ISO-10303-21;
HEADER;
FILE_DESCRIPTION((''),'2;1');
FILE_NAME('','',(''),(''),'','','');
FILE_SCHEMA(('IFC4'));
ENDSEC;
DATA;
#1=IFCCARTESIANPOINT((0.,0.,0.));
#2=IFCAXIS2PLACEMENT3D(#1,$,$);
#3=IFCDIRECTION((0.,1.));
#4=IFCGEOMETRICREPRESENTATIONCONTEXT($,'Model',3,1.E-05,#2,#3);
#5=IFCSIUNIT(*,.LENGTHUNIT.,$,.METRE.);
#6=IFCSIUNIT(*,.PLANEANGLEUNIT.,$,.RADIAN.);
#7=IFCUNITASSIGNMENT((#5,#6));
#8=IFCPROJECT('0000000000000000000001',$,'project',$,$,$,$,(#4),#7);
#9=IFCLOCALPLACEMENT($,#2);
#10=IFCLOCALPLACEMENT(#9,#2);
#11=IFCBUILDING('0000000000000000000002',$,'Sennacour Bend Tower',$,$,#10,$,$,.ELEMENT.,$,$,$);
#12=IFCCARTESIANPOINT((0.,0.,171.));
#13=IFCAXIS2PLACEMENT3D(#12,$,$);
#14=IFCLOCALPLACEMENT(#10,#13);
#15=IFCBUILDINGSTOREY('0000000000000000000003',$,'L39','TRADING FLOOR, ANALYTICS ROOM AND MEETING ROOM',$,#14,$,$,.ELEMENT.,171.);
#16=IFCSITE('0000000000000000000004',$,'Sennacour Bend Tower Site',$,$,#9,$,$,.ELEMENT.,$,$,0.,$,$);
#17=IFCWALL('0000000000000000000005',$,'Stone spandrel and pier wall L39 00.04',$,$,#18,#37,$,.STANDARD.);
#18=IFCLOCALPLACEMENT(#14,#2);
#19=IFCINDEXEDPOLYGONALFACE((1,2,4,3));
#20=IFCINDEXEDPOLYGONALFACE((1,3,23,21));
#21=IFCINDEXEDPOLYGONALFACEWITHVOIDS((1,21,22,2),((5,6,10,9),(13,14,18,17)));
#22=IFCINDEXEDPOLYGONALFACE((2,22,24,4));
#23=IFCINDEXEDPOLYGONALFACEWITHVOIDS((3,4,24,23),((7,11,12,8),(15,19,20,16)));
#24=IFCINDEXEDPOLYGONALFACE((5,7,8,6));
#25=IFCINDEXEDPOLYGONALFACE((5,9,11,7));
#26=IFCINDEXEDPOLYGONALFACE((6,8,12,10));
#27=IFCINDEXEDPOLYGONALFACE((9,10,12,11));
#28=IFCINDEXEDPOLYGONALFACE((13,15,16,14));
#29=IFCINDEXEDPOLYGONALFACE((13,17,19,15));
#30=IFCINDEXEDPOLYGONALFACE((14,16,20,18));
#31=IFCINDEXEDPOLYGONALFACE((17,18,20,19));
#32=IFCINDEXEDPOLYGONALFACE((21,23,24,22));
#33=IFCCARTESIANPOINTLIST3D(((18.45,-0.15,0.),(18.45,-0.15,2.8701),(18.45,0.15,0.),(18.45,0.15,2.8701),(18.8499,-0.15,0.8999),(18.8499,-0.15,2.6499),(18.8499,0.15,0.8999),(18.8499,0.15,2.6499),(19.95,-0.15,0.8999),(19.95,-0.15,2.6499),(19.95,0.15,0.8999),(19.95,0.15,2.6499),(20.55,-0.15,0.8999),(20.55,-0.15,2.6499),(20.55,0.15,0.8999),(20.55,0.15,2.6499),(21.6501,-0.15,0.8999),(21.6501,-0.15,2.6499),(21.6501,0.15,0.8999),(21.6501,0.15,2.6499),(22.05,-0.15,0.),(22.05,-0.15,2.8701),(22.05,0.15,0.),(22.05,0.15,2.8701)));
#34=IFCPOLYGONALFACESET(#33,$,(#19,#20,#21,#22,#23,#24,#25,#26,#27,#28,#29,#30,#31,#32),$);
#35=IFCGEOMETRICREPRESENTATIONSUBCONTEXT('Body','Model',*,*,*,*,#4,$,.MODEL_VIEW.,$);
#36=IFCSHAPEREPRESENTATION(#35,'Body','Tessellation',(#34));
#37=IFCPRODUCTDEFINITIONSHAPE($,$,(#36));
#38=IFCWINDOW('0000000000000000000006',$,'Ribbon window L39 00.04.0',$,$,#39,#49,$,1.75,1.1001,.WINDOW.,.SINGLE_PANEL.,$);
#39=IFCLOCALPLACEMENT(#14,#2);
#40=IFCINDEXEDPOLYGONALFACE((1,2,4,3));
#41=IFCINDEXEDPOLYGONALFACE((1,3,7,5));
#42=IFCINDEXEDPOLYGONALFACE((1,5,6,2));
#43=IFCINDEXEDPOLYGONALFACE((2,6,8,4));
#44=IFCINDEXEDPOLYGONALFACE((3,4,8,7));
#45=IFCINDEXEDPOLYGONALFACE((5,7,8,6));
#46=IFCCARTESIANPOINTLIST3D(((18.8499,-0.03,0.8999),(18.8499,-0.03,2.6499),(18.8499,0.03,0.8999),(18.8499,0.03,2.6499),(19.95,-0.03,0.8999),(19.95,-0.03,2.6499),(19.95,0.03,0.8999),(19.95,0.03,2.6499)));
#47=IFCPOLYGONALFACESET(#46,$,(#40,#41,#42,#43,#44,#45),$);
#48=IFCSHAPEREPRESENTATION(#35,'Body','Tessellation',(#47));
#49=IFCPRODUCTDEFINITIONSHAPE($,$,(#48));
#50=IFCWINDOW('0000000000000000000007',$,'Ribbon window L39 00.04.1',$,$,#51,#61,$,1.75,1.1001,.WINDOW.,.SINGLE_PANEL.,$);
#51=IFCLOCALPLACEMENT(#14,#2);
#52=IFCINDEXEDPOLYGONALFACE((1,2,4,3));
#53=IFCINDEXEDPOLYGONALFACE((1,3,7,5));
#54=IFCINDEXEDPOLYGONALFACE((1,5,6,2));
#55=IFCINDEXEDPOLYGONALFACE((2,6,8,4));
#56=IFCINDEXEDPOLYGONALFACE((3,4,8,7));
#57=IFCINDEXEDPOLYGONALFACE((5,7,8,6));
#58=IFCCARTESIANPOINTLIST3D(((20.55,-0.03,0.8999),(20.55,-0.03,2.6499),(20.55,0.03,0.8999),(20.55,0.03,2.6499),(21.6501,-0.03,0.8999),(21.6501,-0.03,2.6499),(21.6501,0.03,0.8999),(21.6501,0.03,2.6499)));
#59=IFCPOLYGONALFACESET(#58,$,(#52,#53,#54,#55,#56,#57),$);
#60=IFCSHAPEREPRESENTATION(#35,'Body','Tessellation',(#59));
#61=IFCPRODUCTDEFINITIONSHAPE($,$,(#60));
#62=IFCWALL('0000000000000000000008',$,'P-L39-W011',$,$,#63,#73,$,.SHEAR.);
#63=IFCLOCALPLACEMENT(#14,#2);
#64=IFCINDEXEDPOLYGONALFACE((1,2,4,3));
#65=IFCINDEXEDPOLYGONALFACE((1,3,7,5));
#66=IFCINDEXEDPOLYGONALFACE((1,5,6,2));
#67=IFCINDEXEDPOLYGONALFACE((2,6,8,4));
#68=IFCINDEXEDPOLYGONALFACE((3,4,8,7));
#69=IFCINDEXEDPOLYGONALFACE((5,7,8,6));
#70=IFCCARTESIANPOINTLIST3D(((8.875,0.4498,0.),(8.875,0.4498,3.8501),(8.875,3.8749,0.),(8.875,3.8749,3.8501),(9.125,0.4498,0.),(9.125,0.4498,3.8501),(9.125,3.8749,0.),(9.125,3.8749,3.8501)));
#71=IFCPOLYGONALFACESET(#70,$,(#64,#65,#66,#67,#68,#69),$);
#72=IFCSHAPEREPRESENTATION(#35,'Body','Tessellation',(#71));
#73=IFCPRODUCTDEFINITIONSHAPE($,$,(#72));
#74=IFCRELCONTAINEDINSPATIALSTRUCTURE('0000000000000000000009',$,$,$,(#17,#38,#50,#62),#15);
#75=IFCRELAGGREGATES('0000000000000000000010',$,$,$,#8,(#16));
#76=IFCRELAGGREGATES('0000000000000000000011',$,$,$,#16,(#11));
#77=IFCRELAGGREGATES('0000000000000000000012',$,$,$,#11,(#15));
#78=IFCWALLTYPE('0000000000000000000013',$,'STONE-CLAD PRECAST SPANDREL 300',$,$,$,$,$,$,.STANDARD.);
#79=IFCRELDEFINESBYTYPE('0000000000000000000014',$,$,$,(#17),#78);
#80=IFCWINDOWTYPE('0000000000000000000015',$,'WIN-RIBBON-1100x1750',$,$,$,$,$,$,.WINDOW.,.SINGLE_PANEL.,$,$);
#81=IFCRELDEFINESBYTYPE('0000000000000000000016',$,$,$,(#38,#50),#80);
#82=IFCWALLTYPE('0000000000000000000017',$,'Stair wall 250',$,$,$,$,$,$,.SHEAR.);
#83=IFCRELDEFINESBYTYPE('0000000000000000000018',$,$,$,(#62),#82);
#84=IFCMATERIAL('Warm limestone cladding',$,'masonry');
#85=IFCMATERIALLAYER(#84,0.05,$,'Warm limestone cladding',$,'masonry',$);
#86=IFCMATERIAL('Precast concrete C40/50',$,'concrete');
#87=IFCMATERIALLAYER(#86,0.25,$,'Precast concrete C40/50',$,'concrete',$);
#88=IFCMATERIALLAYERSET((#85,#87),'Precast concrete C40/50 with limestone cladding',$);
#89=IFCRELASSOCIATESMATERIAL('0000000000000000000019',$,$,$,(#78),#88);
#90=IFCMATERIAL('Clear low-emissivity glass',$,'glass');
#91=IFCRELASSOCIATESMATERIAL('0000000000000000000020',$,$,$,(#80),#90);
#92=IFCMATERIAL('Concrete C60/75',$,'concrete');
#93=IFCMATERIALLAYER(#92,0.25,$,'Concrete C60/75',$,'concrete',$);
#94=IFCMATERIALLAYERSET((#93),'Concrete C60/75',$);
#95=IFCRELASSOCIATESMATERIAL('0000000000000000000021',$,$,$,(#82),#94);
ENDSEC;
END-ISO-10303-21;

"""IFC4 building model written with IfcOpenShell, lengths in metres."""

from ifc_helpers import new_model, si_unit, direction, frame, frame_2d, origin, place, context, subcontext, project, spatial, rectangle, extrude, material, layer, layer_set, type_object, element, fill, save


model = new_model("IFC4")

# Units and contexts
model_context = context("Model", 3, precision=1e-05, world=origin(), true_north=direction((0.0, 1.0)))
body_context = subcontext(model_context, "Body", "Model", "MODEL_VIEW")
ifc_project = project(units=[si_unit("LENGTHUNIT", "METRE"), si_unit("PLANEANGLEUNIT", "RADIAN")], contexts=[model_context])

# Site, building, storey
site_placement = place(None, origin())
site = spatial("IfcSite", under=ifc_project, at=site_placement, Name="Sennacour Bend Tower Site", CompositionType="ELEMENT", RefElevation=0.0)
building_placement = place(site_placement, origin())
building = spatial("IfcBuilding", under=site, at=building_placement, Name="Sennacour Bend Tower", CompositionType="ELEMENT")
storey_placement = place(building_placement, frame((0.0, 0.0, 171.0)))
storey = spatial("IfcBuildingStorey", under=building, at=storey_placement, Name="L39", Description="TRADING FLOOR, ANALYTICS ROOM AND MEETING ROOM", CompositionType="ELEMENT", Elevation=171.0)

# Wall, openings, windows
ifc_material_1 = material(Name="Warm limestone cladding", Category="masonry")
ifc_layer_1 = layer(ifc_material_1, 0.05, Name="Warm limestone cladding", Category="masonry")
ifc_material_2 = material(Name="Precast concrete C40/50", Category="concrete")
ifc_layer_2 = layer(ifc_material_2, 0.25, Name="Precast concrete C40/50", Category="concrete")
ifc_layer_set_1 = layer_set([ifc_layer_1, ifc_layer_2], Name="Precast concrete C40/50 with limestone cladding")
wall_type_1 = type_object("IfcWallType", Name="STONE-CLAD PRECAST SPANDREL 300", PredefinedType="STANDARD", material=ifc_layer_set_1)
ifc_material_3 = material(Name="Clear low-emissivity glass", Category="glass")
window_type_1 = type_object("IfcWindowType", Name="WIN-RIBBON-1100x1750", PartitioningType="SINGLE_PANEL", PredefinedType="WINDOW", material=ifc_material_3)
wall_1_placement = place(storey_placement, frame((18.45, 0.0, 0.0), z_axis=(0.0, 0.0, 1.0), x_axis=(1.0, 0.0, 0.0)))
wall_1 = element("IfcWall", 1, at=wall_1_placement, inside=storey, type_object=wall_type_1, Name="Stone spandrel and pier wall L39 00.04", PredefinedType="STANDARD", context=body_context, shape_type="SweptSolid", body=[
    extrude(rectangle(XDim=3.6001, YDim=0.3, at=frame_2d((1.8, 0.0))), origin(), (0.0, 0.0, 1.0), 2.8701),
])
opening_1_placement = place(wall_1_placement, frame((0.3999, 0.0, 0.8999)))
opening_1 = element("IfcOpeningElement", 2, at=opening_1_placement, cuts=wall_1, PredefinedType="OPENING", context=body_context, shape_type="SweptSolid", body=[
    extrude(rectangle(XDim=1.1001, YDim=1.75, at=frame_2d((0.55, 0.875))), frame((0.0, 0.1602, 0.0), z_axis=(0.0, -1.0, 0.0), x_axis=(1.0, 0.0, 0.0)), (0.0, 0.0, 1.0), 0.3201),
])
opening_2_placement = place(wall_1_placement, frame((2.1001, 0.0, 0.8999)))
opening_2 = element("IfcOpeningElement", 3, at=opening_2_placement, cuts=wall_1, PredefinedType="OPENING", context=body_context, shape_type="SweptSolid", body=[
    extrude(rectangle(XDim=1.1001, YDim=1.75, at=frame_2d((0.55, 0.875))), frame((0.0, 0.1602, 0.0), z_axis=(0.0, -1.0, 0.0), x_axis=(1.0, 0.0, 0.0)), (0.0, 0.0, 1.0), 0.3201),
])
window_1_placement = place(opening_1_placement, origin())
window_1 = element("IfcWindow", 4, at=window_1_placement, inside=storey, type_object=window_type_1, Name="Ribbon window L39 00.04.0", OverallHeight=1.75, OverallWidth=1.1001, PartitioningType="SINGLE_PANEL", PredefinedType="WINDOW", context=body_context, shape_type="SweptSolid", body=[
    extrude(rectangle(XDim=1.1001, YDim=1.75, at=frame_2d((0.55, 0.875))), frame((0.0, 0.03, 0.0), z_axis=(0.0, -1.0, 0.0), x_axis=(1.0, 0.0, 0.0)), (0.0, 0.0, 1.0), 0.0601),
])
fill(opening_1, window_1)
window_2_placement = place(opening_2_placement, origin())
window_2 = element("IfcWindow", 5, at=window_2_placement, inside=storey, type_object=window_type_1, Name="Ribbon window L39 00.04.1", OverallHeight=1.75, OverallWidth=1.1001, PartitioningType="SINGLE_PANEL", PredefinedType="WINDOW", context=body_context, shape_type="SweptSolid", body=[
    extrude(rectangle(XDim=1.1001, YDim=1.75, at=frame_2d((0.55, 0.875))), frame((0.0, 0.03, 0.0), z_axis=(0.0, -1.0, 0.0), x_axis=(1.0, 0.0, 0.0)), (0.0, 0.0, 1.0), 0.0601),
])
fill(opening_2, window_2)

# Wall
ifc_material_4 = material(Name="Concrete C60/75", Category="concrete")
ifc_layer_3 = layer(ifc_material_4, 0.25, Name="Concrete C60/75", Category="concrete")
ifc_layer_set_2 = layer_set([ifc_layer_3], Name="Concrete C60/75")
wall_type_2 = type_object("IfcWallType", Name="Stair wall 250", PredefinedType="SHEAR", material=ifc_layer_set_2)
wall_2_placement = place(storey_placement, frame((9.0, 0.45, 0.0), z_axis=(0.0, 0.0, 1.0), x_axis=(0.0, 1.0, 0.0)))
element("IfcWall", 6, at=wall_2_placement, inside=storey, type_object=wall_type_2, Name="P-L39-W011", PredefinedType="SHEAR", context=body_context, shape_type="SweptSolid", body=[
    extrude(rectangle(XDim=3.425, YDim=0.25, at=frame_2d((1.7124, 0.0))), origin(), (0.0, 0.0, 1.0), 3.8501),
])

save(model, "model.ifc")
